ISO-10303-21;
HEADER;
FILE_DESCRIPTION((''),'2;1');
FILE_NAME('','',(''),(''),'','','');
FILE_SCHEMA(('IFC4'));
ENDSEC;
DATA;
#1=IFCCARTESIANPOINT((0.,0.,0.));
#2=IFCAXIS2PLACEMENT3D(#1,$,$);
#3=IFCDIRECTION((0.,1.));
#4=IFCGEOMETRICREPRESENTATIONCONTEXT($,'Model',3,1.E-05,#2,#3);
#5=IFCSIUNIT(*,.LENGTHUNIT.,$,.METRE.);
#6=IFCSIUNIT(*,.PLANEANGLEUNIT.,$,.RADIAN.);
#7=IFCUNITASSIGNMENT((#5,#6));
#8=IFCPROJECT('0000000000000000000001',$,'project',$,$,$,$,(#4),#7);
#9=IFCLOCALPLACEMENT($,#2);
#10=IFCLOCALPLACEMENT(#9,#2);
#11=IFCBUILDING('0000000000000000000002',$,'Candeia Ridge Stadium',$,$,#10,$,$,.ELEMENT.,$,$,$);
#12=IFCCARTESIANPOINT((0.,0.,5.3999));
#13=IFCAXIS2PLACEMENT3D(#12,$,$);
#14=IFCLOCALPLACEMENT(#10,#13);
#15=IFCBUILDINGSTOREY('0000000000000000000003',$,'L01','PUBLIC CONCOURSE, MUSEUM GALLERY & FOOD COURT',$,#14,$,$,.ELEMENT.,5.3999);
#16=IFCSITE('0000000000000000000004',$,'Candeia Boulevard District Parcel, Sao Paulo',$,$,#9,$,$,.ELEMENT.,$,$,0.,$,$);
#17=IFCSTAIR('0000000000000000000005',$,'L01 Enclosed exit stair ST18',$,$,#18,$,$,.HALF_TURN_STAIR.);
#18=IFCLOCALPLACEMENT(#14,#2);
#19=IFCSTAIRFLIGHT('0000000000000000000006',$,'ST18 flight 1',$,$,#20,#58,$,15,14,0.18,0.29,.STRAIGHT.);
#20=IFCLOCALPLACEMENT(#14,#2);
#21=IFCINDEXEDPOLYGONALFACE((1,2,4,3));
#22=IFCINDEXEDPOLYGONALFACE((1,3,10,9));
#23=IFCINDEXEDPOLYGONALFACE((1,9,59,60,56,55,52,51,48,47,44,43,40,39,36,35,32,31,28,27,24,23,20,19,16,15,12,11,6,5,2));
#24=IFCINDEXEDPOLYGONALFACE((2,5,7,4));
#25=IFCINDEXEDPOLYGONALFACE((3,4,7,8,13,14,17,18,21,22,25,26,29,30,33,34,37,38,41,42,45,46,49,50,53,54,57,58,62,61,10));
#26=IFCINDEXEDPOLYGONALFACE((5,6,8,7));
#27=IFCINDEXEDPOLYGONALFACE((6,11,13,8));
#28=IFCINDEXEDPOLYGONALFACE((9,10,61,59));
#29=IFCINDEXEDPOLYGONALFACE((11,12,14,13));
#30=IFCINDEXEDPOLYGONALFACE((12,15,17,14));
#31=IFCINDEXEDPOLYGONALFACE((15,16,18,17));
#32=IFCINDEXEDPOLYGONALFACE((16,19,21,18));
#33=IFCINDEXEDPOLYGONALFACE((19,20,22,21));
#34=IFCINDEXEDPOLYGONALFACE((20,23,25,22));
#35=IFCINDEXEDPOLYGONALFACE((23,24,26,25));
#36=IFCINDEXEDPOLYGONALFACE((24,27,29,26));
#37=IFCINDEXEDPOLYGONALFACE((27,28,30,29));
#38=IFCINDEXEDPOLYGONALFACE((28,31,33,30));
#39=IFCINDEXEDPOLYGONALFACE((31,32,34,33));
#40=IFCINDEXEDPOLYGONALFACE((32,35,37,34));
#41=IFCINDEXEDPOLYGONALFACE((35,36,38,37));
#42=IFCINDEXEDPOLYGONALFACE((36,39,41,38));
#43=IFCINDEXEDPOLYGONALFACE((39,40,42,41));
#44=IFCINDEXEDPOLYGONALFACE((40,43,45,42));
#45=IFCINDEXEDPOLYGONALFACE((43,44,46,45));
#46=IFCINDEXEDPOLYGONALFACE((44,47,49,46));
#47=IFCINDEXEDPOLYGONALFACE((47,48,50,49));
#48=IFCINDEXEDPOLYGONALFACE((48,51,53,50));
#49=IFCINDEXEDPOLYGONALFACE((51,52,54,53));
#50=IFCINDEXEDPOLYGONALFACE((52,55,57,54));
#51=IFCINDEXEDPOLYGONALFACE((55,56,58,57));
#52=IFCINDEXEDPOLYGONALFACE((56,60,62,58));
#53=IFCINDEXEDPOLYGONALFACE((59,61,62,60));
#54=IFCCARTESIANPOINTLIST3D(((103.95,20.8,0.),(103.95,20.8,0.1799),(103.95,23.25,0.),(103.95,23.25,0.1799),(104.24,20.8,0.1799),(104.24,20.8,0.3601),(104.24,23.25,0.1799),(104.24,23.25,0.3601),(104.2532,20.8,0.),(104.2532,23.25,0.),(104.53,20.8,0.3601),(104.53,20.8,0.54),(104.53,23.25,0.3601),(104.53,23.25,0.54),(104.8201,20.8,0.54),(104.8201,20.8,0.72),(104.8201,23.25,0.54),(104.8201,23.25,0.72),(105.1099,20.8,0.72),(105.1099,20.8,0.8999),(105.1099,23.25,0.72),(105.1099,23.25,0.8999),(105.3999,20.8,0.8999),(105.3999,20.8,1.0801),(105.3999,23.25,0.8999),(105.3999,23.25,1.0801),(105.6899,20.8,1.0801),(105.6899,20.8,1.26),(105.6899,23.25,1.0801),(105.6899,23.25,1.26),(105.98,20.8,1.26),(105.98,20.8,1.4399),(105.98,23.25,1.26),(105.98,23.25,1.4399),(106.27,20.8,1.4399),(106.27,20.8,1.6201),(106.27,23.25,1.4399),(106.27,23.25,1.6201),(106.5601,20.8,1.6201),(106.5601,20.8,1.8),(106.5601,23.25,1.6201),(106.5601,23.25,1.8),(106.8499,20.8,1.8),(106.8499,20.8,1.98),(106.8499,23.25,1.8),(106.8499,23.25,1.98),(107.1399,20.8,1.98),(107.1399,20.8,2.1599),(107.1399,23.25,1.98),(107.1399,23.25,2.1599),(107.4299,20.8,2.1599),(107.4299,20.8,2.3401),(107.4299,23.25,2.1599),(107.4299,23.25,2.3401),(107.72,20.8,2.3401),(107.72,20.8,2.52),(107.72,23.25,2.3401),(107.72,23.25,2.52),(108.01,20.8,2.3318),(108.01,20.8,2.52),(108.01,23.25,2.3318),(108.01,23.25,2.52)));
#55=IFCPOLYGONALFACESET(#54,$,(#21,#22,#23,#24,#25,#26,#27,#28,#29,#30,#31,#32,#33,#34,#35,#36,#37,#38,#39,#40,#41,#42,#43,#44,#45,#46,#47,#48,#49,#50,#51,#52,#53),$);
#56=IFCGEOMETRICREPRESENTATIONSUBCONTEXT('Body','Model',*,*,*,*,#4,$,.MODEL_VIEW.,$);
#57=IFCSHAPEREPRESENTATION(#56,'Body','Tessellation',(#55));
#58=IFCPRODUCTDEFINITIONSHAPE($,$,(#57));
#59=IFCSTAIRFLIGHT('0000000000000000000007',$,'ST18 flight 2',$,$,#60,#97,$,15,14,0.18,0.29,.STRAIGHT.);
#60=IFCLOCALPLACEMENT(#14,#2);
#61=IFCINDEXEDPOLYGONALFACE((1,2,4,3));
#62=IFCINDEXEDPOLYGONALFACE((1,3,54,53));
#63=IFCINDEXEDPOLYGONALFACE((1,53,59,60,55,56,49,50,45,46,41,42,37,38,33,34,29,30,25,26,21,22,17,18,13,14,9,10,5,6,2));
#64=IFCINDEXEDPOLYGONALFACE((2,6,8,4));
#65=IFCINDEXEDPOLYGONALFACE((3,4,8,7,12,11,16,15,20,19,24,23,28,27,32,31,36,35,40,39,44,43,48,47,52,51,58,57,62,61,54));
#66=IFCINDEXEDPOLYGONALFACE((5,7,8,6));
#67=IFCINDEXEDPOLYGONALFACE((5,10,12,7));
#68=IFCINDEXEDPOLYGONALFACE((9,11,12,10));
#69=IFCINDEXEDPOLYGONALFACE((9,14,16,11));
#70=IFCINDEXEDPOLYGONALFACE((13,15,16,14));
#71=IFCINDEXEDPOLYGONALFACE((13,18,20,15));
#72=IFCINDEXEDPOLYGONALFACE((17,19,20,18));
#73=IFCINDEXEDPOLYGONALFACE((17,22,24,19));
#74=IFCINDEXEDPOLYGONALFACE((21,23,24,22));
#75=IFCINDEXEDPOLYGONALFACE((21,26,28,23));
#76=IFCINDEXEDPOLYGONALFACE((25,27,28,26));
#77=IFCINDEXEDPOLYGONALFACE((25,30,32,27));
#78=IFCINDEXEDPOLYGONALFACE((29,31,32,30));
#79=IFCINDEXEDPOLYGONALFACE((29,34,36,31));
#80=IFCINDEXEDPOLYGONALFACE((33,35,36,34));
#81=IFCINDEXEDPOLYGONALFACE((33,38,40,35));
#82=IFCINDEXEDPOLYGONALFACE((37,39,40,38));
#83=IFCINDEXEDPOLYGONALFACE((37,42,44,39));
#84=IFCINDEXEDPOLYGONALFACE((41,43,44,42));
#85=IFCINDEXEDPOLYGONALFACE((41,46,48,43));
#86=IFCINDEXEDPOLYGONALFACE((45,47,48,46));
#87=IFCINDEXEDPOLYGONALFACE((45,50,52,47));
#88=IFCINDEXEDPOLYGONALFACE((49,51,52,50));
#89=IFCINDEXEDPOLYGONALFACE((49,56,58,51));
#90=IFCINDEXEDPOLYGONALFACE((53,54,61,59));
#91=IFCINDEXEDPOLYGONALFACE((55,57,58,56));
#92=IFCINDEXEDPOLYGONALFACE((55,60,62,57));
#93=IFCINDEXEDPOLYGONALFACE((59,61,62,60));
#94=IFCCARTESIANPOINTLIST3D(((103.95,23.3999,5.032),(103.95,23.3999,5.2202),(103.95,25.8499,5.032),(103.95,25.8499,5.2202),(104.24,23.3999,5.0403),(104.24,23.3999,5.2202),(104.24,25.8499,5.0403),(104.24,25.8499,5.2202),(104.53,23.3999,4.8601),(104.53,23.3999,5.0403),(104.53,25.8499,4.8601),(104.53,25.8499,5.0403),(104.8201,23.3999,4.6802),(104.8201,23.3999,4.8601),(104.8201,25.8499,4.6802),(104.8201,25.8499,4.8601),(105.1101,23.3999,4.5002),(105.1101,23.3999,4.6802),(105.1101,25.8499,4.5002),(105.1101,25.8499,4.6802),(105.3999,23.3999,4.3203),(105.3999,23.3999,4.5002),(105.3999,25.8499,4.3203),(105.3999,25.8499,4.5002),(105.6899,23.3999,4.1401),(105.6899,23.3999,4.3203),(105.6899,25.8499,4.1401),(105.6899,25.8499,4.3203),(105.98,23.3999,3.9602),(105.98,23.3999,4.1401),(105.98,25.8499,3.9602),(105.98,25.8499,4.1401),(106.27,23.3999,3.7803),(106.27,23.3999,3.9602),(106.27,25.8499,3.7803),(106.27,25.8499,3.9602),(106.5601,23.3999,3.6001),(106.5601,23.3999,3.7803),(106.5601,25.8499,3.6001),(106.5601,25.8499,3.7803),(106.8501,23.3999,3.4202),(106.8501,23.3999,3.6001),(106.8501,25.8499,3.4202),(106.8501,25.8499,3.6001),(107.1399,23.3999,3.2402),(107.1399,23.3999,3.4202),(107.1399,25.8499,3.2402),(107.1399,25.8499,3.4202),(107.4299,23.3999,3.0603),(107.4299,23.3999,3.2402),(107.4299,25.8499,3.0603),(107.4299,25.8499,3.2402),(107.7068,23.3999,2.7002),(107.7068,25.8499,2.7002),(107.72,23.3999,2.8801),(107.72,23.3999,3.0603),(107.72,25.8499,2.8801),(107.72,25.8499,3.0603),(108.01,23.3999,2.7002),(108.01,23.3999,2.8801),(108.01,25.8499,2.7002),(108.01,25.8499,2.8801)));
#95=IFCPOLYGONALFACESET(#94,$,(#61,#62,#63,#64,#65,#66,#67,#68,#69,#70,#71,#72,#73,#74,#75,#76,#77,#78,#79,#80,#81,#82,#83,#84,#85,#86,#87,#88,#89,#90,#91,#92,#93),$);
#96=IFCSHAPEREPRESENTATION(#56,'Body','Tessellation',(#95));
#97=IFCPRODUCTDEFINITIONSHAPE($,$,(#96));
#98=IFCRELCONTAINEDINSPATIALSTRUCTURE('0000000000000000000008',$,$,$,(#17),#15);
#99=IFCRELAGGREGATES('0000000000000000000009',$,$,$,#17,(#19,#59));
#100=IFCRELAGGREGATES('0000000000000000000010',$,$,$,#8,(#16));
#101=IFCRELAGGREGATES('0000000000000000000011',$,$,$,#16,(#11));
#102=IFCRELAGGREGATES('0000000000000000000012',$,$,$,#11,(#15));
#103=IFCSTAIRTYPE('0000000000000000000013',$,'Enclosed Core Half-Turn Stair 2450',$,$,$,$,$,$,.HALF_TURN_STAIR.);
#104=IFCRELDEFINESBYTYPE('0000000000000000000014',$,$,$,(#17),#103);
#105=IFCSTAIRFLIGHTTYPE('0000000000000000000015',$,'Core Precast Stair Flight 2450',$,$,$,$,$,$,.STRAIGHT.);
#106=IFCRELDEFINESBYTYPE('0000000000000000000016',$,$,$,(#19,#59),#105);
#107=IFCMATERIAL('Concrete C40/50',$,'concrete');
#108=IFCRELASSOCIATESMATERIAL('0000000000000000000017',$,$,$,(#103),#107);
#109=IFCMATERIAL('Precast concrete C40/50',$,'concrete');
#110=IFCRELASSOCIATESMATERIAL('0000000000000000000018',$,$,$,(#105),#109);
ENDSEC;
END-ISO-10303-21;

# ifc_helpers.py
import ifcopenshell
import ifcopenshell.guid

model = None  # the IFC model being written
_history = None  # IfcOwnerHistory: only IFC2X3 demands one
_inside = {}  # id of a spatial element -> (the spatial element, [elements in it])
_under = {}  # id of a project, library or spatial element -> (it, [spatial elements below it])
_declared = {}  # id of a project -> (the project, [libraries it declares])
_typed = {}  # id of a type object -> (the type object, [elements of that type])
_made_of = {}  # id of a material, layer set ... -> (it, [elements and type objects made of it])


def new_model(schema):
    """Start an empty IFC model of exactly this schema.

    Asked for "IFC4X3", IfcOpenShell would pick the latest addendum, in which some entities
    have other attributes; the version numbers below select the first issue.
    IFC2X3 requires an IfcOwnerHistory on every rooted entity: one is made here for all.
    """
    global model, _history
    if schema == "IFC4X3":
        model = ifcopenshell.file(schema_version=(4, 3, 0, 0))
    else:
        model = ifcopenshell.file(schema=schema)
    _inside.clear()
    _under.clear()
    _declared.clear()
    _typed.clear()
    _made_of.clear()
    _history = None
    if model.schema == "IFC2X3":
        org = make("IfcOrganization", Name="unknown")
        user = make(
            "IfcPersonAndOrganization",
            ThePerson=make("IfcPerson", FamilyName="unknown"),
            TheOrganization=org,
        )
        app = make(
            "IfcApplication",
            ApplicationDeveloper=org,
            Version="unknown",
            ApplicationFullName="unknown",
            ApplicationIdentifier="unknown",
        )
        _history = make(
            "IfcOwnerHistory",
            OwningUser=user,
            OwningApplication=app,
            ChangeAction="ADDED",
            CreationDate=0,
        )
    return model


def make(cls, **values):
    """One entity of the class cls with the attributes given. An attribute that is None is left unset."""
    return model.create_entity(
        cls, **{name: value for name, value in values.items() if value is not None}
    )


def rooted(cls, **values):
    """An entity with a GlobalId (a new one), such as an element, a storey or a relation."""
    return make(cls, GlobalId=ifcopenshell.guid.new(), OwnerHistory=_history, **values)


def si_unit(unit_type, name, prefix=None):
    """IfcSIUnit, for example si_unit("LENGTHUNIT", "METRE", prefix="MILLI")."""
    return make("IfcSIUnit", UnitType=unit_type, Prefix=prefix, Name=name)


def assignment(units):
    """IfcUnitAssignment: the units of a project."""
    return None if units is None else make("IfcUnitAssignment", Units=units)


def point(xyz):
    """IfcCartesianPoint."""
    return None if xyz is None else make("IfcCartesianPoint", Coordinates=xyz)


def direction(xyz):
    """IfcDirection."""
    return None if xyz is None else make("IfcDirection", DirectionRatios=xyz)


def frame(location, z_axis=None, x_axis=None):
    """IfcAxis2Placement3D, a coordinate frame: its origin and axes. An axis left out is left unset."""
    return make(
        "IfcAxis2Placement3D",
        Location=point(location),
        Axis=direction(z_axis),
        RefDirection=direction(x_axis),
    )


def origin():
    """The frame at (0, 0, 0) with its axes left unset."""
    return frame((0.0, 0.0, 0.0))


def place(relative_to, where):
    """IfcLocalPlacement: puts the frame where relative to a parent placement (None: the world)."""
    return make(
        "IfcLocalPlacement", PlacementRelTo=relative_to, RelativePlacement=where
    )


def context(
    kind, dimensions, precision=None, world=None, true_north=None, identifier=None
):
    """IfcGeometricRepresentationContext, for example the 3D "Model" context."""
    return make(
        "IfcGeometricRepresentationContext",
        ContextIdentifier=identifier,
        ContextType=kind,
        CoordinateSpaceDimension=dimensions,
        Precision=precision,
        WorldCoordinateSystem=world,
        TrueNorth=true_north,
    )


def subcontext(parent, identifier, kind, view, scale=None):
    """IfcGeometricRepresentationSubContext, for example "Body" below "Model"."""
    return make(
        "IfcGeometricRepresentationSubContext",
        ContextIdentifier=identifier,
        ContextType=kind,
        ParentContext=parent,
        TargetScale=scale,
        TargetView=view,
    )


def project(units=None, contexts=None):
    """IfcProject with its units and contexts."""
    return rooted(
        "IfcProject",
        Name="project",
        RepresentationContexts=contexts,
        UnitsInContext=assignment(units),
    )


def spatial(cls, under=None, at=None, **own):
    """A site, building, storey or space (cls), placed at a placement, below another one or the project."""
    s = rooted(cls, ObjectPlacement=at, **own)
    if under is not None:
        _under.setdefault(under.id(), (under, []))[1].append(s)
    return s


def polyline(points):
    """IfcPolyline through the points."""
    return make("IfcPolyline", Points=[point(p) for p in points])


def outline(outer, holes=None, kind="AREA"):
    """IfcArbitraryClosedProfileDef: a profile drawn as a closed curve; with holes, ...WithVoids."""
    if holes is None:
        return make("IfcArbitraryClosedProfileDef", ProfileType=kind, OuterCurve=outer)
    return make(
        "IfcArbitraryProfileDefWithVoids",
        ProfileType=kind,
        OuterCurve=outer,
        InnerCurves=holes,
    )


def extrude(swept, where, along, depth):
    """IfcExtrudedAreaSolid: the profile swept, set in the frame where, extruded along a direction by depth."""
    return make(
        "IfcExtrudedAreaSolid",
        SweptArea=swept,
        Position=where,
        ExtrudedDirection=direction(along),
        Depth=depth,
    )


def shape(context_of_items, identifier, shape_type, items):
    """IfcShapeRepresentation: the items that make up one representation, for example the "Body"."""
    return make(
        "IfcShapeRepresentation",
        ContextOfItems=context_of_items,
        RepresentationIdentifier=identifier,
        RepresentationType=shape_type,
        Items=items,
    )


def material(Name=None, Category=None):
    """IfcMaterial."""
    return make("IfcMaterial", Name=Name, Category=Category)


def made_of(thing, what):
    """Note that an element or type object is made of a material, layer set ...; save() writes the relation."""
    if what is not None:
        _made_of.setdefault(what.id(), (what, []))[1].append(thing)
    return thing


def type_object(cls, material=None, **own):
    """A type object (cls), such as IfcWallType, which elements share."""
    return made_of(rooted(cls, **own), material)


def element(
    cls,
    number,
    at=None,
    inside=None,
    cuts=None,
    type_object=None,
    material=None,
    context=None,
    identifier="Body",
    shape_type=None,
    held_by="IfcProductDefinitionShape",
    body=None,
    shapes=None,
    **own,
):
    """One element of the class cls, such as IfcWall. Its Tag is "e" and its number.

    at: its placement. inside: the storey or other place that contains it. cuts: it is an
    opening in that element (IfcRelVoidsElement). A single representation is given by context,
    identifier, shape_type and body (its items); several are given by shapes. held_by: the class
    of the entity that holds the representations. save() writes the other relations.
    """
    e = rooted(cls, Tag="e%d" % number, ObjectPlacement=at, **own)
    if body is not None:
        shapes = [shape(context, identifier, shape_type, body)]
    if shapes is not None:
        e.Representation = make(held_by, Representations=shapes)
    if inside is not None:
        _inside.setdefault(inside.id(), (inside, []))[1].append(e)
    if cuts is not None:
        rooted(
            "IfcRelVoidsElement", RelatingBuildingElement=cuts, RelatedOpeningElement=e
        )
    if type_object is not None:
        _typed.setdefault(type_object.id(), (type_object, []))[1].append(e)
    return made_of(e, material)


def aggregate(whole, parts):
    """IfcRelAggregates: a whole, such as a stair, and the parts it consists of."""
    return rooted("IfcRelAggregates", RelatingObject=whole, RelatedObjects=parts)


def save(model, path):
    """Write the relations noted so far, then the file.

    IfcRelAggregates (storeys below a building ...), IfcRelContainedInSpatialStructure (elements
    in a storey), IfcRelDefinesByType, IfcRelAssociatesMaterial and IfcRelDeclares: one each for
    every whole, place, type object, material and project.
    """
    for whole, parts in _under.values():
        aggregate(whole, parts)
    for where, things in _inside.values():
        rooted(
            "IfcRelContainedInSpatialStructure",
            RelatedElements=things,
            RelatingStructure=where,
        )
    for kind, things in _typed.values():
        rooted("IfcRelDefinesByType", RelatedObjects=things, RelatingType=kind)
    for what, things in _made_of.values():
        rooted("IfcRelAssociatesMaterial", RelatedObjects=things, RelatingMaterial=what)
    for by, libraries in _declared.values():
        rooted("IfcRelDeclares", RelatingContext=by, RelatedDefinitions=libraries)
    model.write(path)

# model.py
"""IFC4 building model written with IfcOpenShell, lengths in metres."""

from ifc_helpers import new_model, si_unit, direction, frame, origin, place, context, subcontext, project, spatial, polyline, outline, extrude, material, type_object, element, aggregate, save


model = new_model("IFC4")

# Units and contexts
model_context = context("Model", 3, precision=1e-05, world=origin(), true_north=direction((0.0, 1.0)))
body_context = subcontext(model_context, "Body", "Model", "MODEL_VIEW")
ifc_project = project(units=[si_unit("LENGTHUNIT", "METRE"), si_unit("PLANEANGLEUNIT", "RADIAN")], contexts=[model_context])

# Site, building, storey
site_placement = place(None, origin())
site = spatial("IfcSite", under=ifc_project, at=site_placement, Name="Candeia Boulevard District Parcel, Sao Paulo", CompositionType="ELEMENT", RefElevation=0.0)
building_placement = place(site_placement, origin())
building = spatial("IfcBuilding", under=site, at=building_placement, Name="Candeia Ridge Stadium", CompositionType="ELEMENT")
storey_placement = place(building_placement, frame((0.0, 0.0, 5.3999)))
storey = spatial("IfcBuildingStorey", under=building, at=storey_placement, Name="L01", Description="PUBLIC CONCOURSE, MUSEUM GALLERY & FOOD COURT", CompositionType="ELEMENT", Elevation=5.3999)

# Stair, stair flights
ifc_material_1 = material(Name="Concrete C40/50", Category="concrete")
stair_type = type_object("IfcStairType", Name="Enclosed Core Half-Turn Stair 2450", PredefinedType="HALF_TURN_STAIR", material=ifc_material_1)
stair_placement = place(storey_placement, origin())
stair = element("IfcStair", 1, at=stair_placement, inside=storey, type_object=stair_type, Name="L01 Enclosed exit stair ST18", PredefinedType="HALF_TURN_STAIR")
ifc_material_2 = material(Name="Precast concrete C40/50", Category="concrete")
stair_flight_type = type_object("IfcStairFlightType", Name="Core Precast Stair Flight 2450", PredefinedType="STRAIGHT", material=ifc_material_2)
stair_flight_1_placement = place(storey_placement, frame((103.95, 22.0249, 0.0), z_axis=(0.0, 0.0, 1.0), x_axis=(1.0, 0.0, 0.0)))
stair_flight_1 = element("IfcStairFlight", 2, at=stair_flight_1_placement, type_object=stair_flight_type, Name="ST18 flight 1", NumberOfRisers=15, NumberOfTreads=14, PredefinedType="STRAIGHT", RiserHeight=0.18, TreadLength=0.29, context=body_context, shape_type="SweptSolid", body=[
    extrude(outline(polyline([(0.0, 0.0), (0.0, 0.1799), (0.29, 0.1799), (0.29, 0.3601), (0.5801, 0.3601), (0.5801, 0.54), (0.8701, 0.54), (0.8701, 0.72), (1.1599, 0.72), (1.1599, 0.8999), (1.45, 0.8999), (1.45, 1.0801), (1.74, 1.0801), (1.74, 1.26), (2.03, 1.26), (2.03, 1.4399), (2.3201, 1.4399), (2.3201, 1.6201), (2.6101, 1.6201), (2.6101, 1.8), (2.8999, 1.8), (2.8999, 1.98), (3.1899, 1.98), (3.1899, 2.1599), (3.48, 2.1599), (3.48, 2.3401), (3.77, 2.3401), (3.77, 2.52), (4.0601, 2.52), (4.0601, 2.7), (4.0601, 2.3318), (0.3032, 0.0), (0.0, 0.0)])), frame((0.0, 1.2251, 0.0), z_axis=(0.0, -1.0, 0.0), x_axis=(1.0, 0.0, 0.0)), (0.0, 0.0, 1.0), 2.45),
])
stair_flight_2_placement = place(storey_placement, frame((108.01, 24.625, 2.7002), z_axis=(0.0, 0.0, 1.0), x_axis=(-1.0, 0.0, 0.0)))
stair_flight_2 = element("IfcStairFlight", 3, at=stair_flight_2_placement, type_object=stair_flight_type, Name="ST18 flight 2", NumberOfRisers=15, NumberOfTreads=14, PredefinedType="STRAIGHT", RiserHeight=0.18, TreadLength=0.29, context=body_context, shape_type="SweptSolid", body=[
    extrude(outline(polyline([(0.0, 0.0), (0.0, 0.1799), (0.29, 0.1799), (0.29, 0.3601), (0.5801, 0.3601), (0.5801, 0.54), (0.8701, 0.54), (0.8701, 0.72), (1.1599, 0.72), (1.1599, 0.8999), (1.45, 0.8999), (1.45, 1.0801), (1.74, 1.0801), (1.74, 1.26), (2.03, 1.26), (2.03, 1.4399), (2.3201, 1.4399), (2.3201, 1.6201), (2.6101, 1.6201), (2.6101, 1.8), (2.8999, 1.8), (2.8999, 1.98), (3.1899, 1.98), (3.1899, 2.1599), (3.48, 2.1599), (3.48, 2.3401), (3.77, 2.3401), (3.77, 2.52), (4.0601, 2.52), (4.0601, 2.7), (4.0601, 2.3318), (0.3032, 0.0), (0.0, 0.0)])), frame((0.0, 1.2251, 0.0), z_axis=(0.0, -1.0, 0.0), x_axis=(1.0, 0.0, 0.0)), (0.0, 0.0, 1.0), 2.45),
])
aggregate(stair, [stair_flight_1, stair_flight_2])

save(model, "model.ifc")
